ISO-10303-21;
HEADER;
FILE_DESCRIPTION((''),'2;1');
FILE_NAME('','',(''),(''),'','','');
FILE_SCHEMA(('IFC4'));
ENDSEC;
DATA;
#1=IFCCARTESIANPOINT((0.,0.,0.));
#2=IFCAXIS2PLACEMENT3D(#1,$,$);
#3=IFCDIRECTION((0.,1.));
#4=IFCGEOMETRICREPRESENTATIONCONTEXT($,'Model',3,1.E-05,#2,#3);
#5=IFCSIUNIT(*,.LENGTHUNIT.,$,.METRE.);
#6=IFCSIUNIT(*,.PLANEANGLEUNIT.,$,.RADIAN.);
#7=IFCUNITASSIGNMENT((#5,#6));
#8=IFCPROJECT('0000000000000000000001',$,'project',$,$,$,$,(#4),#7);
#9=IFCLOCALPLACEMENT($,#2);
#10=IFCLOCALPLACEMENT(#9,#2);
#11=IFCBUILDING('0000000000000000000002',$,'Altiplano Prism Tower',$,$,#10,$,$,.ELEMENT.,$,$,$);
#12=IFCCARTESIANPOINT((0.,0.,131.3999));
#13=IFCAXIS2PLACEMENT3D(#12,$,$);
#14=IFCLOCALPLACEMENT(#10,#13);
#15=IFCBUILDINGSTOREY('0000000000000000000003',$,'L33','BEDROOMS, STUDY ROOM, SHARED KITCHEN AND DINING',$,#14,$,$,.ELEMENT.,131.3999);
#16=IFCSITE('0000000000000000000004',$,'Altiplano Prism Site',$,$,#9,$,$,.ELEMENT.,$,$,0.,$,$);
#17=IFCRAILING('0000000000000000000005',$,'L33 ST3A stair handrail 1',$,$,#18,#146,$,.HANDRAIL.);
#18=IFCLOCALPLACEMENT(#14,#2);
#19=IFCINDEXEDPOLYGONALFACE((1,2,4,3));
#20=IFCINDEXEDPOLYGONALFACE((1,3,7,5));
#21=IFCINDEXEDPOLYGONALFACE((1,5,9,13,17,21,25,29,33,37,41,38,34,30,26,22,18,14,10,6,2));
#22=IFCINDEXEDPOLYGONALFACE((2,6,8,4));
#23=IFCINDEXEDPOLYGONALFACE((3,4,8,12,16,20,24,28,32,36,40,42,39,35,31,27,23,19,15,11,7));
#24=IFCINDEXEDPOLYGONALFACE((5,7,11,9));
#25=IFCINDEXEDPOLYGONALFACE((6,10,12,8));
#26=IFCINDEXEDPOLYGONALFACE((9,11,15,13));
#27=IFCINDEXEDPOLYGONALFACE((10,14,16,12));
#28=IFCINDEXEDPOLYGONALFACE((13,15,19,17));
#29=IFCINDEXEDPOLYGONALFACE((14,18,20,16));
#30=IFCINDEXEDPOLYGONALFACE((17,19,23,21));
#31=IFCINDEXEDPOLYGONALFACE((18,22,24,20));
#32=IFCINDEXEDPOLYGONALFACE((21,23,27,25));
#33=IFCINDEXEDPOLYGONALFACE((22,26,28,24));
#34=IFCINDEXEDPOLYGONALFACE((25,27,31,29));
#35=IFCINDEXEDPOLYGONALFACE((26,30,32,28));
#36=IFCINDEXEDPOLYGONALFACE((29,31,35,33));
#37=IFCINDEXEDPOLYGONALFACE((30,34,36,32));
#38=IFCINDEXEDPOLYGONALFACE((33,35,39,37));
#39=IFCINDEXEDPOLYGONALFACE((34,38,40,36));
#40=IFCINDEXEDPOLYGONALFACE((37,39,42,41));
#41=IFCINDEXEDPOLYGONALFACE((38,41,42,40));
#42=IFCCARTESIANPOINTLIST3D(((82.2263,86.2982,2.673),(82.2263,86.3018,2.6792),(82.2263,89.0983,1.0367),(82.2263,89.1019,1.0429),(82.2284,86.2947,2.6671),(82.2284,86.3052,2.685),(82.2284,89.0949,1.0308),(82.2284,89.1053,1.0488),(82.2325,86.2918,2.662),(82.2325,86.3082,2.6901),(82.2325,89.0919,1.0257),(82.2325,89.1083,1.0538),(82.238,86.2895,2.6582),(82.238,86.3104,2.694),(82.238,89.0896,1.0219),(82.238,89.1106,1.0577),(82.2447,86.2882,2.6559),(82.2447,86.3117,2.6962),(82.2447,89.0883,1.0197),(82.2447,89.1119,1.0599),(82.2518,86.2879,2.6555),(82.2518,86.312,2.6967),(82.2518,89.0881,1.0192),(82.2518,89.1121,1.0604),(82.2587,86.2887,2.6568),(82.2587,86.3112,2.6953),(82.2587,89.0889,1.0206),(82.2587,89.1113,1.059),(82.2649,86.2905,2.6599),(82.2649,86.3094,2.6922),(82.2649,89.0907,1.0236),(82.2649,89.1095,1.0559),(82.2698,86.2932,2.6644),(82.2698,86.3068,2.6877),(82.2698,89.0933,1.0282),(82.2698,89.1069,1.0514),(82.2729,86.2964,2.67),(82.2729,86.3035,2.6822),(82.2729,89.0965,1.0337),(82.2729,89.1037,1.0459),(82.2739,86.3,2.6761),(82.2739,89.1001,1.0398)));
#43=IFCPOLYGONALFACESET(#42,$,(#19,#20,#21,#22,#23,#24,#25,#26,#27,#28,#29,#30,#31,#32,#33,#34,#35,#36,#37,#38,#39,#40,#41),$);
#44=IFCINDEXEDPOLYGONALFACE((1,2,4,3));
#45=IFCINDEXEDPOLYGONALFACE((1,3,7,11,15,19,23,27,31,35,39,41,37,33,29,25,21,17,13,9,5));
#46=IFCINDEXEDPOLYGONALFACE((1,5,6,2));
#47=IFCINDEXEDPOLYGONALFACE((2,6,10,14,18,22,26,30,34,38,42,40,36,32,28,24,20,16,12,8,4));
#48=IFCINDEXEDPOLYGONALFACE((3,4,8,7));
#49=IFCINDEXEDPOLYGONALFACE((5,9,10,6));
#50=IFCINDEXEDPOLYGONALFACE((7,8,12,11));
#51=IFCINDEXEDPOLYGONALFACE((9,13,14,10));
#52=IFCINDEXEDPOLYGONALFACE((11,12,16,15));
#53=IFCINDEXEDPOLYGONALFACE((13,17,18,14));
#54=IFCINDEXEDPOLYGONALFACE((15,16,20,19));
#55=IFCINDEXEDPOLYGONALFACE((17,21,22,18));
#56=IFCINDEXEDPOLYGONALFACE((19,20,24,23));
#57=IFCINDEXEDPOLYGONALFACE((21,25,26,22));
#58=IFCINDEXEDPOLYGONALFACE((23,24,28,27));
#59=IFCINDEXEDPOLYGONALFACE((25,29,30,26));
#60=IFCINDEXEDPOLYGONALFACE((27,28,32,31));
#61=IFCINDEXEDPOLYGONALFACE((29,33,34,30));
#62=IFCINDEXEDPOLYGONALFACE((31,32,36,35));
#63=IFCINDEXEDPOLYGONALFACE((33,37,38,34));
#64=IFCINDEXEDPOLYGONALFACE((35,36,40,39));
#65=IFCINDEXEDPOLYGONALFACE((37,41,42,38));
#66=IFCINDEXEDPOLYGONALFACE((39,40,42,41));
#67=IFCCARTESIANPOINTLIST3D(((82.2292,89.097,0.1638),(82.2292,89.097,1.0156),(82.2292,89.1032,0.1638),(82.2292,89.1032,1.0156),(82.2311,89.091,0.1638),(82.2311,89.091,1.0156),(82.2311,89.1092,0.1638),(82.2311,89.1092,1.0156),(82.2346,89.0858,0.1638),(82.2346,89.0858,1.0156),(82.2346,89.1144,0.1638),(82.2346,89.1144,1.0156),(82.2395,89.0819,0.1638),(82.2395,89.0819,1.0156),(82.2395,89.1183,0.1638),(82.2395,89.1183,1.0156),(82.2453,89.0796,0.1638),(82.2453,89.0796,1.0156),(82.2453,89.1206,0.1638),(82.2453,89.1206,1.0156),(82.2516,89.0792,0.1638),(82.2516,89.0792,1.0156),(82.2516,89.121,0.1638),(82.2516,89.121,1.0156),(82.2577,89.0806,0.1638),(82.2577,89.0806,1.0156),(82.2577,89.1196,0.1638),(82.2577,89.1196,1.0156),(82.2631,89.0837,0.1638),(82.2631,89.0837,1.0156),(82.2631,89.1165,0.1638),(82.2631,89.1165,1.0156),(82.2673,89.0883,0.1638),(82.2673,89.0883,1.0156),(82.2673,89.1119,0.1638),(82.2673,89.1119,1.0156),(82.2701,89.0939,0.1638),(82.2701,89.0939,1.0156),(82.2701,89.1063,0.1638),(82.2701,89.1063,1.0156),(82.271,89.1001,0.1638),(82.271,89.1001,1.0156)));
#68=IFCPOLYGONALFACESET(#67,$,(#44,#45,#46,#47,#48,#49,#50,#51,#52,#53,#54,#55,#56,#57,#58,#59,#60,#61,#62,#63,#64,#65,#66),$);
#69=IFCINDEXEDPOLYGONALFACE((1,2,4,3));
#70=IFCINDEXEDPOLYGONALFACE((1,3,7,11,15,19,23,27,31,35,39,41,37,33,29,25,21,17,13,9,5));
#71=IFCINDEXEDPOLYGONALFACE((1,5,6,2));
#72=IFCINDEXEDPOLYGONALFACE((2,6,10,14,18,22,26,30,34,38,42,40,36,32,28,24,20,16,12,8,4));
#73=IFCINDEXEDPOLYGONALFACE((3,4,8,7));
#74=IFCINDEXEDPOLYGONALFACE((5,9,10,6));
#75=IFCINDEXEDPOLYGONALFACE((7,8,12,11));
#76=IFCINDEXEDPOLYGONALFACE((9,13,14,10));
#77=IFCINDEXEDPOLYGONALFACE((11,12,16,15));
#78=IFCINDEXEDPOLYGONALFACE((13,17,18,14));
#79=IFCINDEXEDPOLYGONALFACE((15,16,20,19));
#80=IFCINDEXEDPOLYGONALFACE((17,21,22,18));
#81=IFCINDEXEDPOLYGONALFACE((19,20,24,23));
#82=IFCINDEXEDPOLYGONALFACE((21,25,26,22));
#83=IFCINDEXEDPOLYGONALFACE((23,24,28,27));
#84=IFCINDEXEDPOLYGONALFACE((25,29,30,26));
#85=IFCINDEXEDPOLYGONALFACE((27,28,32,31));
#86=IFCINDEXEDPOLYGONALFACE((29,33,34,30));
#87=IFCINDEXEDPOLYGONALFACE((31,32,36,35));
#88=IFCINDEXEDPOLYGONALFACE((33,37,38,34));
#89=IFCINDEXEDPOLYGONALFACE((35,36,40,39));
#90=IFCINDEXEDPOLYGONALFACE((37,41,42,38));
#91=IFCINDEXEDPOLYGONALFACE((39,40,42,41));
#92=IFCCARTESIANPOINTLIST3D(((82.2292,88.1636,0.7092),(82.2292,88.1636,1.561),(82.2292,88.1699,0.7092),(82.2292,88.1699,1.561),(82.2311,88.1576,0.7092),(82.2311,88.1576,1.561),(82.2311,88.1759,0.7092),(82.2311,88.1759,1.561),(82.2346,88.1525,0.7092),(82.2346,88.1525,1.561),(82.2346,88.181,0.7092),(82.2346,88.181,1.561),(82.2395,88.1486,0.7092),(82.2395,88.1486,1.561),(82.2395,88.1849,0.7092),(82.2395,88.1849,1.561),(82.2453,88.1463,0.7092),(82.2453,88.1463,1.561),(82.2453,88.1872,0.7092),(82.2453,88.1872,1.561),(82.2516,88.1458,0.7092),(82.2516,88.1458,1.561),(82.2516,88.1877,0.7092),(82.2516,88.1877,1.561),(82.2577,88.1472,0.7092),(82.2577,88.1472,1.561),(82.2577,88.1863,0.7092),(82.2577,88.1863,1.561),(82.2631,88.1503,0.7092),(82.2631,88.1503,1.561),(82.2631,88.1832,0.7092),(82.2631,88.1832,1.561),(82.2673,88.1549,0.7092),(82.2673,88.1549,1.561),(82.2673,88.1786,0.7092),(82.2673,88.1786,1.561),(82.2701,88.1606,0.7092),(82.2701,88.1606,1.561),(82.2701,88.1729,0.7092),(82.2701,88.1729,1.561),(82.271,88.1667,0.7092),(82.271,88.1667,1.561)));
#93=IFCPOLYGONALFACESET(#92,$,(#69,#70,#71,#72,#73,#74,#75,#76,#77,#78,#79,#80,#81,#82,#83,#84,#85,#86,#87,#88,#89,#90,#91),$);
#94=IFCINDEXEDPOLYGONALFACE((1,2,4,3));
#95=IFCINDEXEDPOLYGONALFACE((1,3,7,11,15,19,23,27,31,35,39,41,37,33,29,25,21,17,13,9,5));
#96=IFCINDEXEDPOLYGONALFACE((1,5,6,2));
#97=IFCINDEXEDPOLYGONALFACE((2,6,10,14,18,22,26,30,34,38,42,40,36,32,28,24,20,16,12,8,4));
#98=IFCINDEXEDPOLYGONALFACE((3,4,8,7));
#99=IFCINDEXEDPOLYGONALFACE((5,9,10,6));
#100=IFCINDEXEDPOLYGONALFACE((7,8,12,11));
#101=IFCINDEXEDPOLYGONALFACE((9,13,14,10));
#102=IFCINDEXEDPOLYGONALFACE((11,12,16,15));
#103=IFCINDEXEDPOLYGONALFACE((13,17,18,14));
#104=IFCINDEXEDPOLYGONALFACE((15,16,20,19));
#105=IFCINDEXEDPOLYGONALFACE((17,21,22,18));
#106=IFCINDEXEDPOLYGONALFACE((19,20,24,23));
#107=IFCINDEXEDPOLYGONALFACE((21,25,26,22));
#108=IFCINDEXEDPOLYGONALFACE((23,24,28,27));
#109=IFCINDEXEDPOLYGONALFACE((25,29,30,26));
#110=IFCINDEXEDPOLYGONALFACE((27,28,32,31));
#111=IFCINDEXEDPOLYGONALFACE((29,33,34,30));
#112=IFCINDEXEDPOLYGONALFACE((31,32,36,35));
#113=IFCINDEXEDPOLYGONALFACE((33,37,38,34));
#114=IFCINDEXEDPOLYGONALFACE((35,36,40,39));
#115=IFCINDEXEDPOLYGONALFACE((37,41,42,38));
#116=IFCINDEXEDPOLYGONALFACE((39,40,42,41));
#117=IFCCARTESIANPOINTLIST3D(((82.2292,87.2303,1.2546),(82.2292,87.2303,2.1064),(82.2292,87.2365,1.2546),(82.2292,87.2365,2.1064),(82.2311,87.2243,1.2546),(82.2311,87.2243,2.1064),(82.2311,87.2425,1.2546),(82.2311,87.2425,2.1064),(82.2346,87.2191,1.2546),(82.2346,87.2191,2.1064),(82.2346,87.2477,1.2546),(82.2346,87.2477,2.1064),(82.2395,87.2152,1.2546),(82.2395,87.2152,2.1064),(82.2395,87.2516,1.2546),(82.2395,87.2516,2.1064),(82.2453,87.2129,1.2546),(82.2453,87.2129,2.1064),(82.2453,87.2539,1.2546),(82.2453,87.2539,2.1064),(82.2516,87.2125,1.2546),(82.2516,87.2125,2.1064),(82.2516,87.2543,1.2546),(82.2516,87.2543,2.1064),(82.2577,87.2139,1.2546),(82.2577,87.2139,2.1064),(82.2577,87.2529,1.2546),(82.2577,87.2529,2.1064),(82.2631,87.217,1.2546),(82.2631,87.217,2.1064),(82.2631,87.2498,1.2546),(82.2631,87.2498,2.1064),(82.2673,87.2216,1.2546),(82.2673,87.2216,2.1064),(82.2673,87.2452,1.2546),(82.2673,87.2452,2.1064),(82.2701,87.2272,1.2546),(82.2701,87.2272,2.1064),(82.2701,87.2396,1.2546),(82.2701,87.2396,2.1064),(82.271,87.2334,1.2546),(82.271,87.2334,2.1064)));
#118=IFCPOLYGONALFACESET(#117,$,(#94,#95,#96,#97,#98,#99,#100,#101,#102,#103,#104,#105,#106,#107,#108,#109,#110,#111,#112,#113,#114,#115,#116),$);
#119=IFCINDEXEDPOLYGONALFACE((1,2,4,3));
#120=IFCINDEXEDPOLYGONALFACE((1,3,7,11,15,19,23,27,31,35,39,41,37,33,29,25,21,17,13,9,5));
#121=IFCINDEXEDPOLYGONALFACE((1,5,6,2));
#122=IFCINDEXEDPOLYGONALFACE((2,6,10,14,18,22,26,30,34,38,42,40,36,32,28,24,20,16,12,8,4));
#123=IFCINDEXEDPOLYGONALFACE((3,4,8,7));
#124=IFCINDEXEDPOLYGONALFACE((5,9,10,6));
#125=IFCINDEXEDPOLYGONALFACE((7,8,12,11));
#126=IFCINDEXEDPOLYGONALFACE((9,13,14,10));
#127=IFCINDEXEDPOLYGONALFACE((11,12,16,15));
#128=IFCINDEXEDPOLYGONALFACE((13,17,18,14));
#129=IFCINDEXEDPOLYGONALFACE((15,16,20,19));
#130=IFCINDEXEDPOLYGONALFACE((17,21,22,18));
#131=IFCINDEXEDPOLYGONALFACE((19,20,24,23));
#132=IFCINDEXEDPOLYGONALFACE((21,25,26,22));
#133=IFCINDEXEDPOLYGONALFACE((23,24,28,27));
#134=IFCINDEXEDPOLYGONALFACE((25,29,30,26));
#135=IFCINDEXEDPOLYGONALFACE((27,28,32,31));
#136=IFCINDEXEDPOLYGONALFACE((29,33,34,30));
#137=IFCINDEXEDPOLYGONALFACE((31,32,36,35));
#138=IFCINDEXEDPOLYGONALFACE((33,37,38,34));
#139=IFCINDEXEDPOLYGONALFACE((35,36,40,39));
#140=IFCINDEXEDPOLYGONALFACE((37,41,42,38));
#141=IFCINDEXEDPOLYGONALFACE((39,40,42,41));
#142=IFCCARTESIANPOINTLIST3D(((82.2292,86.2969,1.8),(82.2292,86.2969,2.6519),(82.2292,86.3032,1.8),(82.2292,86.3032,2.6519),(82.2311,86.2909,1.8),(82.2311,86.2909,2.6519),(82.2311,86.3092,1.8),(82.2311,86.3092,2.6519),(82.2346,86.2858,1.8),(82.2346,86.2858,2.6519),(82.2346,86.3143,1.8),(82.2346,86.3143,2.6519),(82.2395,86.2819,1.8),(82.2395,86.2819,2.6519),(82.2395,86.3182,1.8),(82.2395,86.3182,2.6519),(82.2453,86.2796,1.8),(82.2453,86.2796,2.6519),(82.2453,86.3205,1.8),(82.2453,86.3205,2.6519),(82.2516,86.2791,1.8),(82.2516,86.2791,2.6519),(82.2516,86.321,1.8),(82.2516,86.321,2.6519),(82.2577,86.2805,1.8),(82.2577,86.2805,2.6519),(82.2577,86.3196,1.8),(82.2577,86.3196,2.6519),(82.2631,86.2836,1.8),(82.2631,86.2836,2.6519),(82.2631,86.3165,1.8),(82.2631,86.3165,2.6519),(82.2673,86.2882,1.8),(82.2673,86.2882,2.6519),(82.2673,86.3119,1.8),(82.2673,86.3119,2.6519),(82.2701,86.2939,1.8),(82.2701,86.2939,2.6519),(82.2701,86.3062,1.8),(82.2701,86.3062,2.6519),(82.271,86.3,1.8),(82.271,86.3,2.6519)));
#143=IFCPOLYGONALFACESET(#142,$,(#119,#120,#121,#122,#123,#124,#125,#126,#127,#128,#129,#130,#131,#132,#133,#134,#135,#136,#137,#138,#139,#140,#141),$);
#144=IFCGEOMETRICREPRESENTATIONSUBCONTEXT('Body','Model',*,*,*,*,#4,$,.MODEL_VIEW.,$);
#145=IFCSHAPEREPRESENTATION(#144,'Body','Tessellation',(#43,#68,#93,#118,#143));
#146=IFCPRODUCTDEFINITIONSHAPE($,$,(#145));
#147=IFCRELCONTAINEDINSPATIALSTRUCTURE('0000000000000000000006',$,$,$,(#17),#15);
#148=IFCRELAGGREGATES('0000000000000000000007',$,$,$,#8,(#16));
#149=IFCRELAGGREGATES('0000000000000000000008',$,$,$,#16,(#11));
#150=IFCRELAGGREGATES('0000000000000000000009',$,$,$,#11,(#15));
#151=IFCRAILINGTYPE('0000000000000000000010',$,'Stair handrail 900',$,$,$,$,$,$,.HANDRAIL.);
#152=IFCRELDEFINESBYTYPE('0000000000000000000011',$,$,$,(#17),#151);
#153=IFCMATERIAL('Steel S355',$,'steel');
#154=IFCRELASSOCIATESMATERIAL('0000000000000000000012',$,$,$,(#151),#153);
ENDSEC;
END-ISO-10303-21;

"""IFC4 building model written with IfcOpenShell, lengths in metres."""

from ifc_helpers import new_model, si_unit, direction, frame, origin, origin_2d, place, context, subcontext, project, spatial, circle, extrude, material, type_object, element, save


model = new_model("IFC4")

# Units and contexts
model_context = context("Model", 3, precision=1e-05, world=origin(), true_north=direction((0.0, 1.0)))
body_context = subcontext(model_context, "Body", "Model", "MODEL_VIEW")
ifc_project = project(units=[si_unit("LENGTHUNIT", "METRE"), si_unit("PLANEANGLEUNIT", "RADIAN")], contexts=[model_context])

# Site, building, storey
site_placement = place(None, origin())
site = spatial("IfcSite", under=ifc_project, at=site_placement, Name="Altiplano Prism Site", CompositionType="ELEMENT", RefElevation=0.0)
building_placement = place(site_placement, origin())
building = spatial("IfcBuilding", under=site, at=building_placement, Name="Altiplano Prism Tower", CompositionType="ELEMENT")
storey_placement = place(building_placement, frame((0.0, 0.0, 131.3999)))
storey = spatial("IfcBuildingStorey", under=building, at=storey_placement, Name="L33", Description="BEDROOMS, STUDY ROOM, SHARED KITCHEN AND DINING", CompositionType="ELEMENT", Elevation=131.3999)

# Railing
ifc_material_1 = material(Name="Steel S355", Category="steel")
railing_type_1 = type_object("IfcRailingType", Name="Stair handrail 900", PredefinedType="HANDRAIL", material=ifc_material_1)
for number, where, name in (
    (1, (82.25, 89.1001, 0.1638), "L33 ST3A stair handrail 1"),
):
    element("IfcRailing", number, at=place(storey_placement, frame(where)), inside=storey, type_object=railing_type_1, Name=name, PredefinedType="HANDRAIL", context=body_context, shape_type="SweptSolid", body=[
        extrude(circle(Radius=0.0239, at=origin_2d()), frame((0.0, 0.0, 0.876), z_axis=(0.0, -0.863394, 0.504531), x_axis=(1.0, 0.0, 0.0)), (0.0, 0.0, 1.0), 3.2432),
        extrude(circle(Radius=0.021, at=origin_2d()), origin(), (0.0, 0.0, 1.0), 0.8518),
        extrude(circle(Radius=0.021, at=origin_2d()), frame((0.0, -0.9333, 0.5454)), (0.0, 0.0, 1.0), 0.8518),
        extrude(circle(Radius=0.021, at=origin_2d()), frame((0.0, -1.8667, 1.0908)), (0.0, 0.0, 1.0), 0.8518),
        extrude(circle(Radius=0.021, at=origin_2d()), frame((0.0, -2.8, 1.6362)), (0.0, 0.0, 1.0), 0.8518),
    ])

save(model, "model.ifc")
